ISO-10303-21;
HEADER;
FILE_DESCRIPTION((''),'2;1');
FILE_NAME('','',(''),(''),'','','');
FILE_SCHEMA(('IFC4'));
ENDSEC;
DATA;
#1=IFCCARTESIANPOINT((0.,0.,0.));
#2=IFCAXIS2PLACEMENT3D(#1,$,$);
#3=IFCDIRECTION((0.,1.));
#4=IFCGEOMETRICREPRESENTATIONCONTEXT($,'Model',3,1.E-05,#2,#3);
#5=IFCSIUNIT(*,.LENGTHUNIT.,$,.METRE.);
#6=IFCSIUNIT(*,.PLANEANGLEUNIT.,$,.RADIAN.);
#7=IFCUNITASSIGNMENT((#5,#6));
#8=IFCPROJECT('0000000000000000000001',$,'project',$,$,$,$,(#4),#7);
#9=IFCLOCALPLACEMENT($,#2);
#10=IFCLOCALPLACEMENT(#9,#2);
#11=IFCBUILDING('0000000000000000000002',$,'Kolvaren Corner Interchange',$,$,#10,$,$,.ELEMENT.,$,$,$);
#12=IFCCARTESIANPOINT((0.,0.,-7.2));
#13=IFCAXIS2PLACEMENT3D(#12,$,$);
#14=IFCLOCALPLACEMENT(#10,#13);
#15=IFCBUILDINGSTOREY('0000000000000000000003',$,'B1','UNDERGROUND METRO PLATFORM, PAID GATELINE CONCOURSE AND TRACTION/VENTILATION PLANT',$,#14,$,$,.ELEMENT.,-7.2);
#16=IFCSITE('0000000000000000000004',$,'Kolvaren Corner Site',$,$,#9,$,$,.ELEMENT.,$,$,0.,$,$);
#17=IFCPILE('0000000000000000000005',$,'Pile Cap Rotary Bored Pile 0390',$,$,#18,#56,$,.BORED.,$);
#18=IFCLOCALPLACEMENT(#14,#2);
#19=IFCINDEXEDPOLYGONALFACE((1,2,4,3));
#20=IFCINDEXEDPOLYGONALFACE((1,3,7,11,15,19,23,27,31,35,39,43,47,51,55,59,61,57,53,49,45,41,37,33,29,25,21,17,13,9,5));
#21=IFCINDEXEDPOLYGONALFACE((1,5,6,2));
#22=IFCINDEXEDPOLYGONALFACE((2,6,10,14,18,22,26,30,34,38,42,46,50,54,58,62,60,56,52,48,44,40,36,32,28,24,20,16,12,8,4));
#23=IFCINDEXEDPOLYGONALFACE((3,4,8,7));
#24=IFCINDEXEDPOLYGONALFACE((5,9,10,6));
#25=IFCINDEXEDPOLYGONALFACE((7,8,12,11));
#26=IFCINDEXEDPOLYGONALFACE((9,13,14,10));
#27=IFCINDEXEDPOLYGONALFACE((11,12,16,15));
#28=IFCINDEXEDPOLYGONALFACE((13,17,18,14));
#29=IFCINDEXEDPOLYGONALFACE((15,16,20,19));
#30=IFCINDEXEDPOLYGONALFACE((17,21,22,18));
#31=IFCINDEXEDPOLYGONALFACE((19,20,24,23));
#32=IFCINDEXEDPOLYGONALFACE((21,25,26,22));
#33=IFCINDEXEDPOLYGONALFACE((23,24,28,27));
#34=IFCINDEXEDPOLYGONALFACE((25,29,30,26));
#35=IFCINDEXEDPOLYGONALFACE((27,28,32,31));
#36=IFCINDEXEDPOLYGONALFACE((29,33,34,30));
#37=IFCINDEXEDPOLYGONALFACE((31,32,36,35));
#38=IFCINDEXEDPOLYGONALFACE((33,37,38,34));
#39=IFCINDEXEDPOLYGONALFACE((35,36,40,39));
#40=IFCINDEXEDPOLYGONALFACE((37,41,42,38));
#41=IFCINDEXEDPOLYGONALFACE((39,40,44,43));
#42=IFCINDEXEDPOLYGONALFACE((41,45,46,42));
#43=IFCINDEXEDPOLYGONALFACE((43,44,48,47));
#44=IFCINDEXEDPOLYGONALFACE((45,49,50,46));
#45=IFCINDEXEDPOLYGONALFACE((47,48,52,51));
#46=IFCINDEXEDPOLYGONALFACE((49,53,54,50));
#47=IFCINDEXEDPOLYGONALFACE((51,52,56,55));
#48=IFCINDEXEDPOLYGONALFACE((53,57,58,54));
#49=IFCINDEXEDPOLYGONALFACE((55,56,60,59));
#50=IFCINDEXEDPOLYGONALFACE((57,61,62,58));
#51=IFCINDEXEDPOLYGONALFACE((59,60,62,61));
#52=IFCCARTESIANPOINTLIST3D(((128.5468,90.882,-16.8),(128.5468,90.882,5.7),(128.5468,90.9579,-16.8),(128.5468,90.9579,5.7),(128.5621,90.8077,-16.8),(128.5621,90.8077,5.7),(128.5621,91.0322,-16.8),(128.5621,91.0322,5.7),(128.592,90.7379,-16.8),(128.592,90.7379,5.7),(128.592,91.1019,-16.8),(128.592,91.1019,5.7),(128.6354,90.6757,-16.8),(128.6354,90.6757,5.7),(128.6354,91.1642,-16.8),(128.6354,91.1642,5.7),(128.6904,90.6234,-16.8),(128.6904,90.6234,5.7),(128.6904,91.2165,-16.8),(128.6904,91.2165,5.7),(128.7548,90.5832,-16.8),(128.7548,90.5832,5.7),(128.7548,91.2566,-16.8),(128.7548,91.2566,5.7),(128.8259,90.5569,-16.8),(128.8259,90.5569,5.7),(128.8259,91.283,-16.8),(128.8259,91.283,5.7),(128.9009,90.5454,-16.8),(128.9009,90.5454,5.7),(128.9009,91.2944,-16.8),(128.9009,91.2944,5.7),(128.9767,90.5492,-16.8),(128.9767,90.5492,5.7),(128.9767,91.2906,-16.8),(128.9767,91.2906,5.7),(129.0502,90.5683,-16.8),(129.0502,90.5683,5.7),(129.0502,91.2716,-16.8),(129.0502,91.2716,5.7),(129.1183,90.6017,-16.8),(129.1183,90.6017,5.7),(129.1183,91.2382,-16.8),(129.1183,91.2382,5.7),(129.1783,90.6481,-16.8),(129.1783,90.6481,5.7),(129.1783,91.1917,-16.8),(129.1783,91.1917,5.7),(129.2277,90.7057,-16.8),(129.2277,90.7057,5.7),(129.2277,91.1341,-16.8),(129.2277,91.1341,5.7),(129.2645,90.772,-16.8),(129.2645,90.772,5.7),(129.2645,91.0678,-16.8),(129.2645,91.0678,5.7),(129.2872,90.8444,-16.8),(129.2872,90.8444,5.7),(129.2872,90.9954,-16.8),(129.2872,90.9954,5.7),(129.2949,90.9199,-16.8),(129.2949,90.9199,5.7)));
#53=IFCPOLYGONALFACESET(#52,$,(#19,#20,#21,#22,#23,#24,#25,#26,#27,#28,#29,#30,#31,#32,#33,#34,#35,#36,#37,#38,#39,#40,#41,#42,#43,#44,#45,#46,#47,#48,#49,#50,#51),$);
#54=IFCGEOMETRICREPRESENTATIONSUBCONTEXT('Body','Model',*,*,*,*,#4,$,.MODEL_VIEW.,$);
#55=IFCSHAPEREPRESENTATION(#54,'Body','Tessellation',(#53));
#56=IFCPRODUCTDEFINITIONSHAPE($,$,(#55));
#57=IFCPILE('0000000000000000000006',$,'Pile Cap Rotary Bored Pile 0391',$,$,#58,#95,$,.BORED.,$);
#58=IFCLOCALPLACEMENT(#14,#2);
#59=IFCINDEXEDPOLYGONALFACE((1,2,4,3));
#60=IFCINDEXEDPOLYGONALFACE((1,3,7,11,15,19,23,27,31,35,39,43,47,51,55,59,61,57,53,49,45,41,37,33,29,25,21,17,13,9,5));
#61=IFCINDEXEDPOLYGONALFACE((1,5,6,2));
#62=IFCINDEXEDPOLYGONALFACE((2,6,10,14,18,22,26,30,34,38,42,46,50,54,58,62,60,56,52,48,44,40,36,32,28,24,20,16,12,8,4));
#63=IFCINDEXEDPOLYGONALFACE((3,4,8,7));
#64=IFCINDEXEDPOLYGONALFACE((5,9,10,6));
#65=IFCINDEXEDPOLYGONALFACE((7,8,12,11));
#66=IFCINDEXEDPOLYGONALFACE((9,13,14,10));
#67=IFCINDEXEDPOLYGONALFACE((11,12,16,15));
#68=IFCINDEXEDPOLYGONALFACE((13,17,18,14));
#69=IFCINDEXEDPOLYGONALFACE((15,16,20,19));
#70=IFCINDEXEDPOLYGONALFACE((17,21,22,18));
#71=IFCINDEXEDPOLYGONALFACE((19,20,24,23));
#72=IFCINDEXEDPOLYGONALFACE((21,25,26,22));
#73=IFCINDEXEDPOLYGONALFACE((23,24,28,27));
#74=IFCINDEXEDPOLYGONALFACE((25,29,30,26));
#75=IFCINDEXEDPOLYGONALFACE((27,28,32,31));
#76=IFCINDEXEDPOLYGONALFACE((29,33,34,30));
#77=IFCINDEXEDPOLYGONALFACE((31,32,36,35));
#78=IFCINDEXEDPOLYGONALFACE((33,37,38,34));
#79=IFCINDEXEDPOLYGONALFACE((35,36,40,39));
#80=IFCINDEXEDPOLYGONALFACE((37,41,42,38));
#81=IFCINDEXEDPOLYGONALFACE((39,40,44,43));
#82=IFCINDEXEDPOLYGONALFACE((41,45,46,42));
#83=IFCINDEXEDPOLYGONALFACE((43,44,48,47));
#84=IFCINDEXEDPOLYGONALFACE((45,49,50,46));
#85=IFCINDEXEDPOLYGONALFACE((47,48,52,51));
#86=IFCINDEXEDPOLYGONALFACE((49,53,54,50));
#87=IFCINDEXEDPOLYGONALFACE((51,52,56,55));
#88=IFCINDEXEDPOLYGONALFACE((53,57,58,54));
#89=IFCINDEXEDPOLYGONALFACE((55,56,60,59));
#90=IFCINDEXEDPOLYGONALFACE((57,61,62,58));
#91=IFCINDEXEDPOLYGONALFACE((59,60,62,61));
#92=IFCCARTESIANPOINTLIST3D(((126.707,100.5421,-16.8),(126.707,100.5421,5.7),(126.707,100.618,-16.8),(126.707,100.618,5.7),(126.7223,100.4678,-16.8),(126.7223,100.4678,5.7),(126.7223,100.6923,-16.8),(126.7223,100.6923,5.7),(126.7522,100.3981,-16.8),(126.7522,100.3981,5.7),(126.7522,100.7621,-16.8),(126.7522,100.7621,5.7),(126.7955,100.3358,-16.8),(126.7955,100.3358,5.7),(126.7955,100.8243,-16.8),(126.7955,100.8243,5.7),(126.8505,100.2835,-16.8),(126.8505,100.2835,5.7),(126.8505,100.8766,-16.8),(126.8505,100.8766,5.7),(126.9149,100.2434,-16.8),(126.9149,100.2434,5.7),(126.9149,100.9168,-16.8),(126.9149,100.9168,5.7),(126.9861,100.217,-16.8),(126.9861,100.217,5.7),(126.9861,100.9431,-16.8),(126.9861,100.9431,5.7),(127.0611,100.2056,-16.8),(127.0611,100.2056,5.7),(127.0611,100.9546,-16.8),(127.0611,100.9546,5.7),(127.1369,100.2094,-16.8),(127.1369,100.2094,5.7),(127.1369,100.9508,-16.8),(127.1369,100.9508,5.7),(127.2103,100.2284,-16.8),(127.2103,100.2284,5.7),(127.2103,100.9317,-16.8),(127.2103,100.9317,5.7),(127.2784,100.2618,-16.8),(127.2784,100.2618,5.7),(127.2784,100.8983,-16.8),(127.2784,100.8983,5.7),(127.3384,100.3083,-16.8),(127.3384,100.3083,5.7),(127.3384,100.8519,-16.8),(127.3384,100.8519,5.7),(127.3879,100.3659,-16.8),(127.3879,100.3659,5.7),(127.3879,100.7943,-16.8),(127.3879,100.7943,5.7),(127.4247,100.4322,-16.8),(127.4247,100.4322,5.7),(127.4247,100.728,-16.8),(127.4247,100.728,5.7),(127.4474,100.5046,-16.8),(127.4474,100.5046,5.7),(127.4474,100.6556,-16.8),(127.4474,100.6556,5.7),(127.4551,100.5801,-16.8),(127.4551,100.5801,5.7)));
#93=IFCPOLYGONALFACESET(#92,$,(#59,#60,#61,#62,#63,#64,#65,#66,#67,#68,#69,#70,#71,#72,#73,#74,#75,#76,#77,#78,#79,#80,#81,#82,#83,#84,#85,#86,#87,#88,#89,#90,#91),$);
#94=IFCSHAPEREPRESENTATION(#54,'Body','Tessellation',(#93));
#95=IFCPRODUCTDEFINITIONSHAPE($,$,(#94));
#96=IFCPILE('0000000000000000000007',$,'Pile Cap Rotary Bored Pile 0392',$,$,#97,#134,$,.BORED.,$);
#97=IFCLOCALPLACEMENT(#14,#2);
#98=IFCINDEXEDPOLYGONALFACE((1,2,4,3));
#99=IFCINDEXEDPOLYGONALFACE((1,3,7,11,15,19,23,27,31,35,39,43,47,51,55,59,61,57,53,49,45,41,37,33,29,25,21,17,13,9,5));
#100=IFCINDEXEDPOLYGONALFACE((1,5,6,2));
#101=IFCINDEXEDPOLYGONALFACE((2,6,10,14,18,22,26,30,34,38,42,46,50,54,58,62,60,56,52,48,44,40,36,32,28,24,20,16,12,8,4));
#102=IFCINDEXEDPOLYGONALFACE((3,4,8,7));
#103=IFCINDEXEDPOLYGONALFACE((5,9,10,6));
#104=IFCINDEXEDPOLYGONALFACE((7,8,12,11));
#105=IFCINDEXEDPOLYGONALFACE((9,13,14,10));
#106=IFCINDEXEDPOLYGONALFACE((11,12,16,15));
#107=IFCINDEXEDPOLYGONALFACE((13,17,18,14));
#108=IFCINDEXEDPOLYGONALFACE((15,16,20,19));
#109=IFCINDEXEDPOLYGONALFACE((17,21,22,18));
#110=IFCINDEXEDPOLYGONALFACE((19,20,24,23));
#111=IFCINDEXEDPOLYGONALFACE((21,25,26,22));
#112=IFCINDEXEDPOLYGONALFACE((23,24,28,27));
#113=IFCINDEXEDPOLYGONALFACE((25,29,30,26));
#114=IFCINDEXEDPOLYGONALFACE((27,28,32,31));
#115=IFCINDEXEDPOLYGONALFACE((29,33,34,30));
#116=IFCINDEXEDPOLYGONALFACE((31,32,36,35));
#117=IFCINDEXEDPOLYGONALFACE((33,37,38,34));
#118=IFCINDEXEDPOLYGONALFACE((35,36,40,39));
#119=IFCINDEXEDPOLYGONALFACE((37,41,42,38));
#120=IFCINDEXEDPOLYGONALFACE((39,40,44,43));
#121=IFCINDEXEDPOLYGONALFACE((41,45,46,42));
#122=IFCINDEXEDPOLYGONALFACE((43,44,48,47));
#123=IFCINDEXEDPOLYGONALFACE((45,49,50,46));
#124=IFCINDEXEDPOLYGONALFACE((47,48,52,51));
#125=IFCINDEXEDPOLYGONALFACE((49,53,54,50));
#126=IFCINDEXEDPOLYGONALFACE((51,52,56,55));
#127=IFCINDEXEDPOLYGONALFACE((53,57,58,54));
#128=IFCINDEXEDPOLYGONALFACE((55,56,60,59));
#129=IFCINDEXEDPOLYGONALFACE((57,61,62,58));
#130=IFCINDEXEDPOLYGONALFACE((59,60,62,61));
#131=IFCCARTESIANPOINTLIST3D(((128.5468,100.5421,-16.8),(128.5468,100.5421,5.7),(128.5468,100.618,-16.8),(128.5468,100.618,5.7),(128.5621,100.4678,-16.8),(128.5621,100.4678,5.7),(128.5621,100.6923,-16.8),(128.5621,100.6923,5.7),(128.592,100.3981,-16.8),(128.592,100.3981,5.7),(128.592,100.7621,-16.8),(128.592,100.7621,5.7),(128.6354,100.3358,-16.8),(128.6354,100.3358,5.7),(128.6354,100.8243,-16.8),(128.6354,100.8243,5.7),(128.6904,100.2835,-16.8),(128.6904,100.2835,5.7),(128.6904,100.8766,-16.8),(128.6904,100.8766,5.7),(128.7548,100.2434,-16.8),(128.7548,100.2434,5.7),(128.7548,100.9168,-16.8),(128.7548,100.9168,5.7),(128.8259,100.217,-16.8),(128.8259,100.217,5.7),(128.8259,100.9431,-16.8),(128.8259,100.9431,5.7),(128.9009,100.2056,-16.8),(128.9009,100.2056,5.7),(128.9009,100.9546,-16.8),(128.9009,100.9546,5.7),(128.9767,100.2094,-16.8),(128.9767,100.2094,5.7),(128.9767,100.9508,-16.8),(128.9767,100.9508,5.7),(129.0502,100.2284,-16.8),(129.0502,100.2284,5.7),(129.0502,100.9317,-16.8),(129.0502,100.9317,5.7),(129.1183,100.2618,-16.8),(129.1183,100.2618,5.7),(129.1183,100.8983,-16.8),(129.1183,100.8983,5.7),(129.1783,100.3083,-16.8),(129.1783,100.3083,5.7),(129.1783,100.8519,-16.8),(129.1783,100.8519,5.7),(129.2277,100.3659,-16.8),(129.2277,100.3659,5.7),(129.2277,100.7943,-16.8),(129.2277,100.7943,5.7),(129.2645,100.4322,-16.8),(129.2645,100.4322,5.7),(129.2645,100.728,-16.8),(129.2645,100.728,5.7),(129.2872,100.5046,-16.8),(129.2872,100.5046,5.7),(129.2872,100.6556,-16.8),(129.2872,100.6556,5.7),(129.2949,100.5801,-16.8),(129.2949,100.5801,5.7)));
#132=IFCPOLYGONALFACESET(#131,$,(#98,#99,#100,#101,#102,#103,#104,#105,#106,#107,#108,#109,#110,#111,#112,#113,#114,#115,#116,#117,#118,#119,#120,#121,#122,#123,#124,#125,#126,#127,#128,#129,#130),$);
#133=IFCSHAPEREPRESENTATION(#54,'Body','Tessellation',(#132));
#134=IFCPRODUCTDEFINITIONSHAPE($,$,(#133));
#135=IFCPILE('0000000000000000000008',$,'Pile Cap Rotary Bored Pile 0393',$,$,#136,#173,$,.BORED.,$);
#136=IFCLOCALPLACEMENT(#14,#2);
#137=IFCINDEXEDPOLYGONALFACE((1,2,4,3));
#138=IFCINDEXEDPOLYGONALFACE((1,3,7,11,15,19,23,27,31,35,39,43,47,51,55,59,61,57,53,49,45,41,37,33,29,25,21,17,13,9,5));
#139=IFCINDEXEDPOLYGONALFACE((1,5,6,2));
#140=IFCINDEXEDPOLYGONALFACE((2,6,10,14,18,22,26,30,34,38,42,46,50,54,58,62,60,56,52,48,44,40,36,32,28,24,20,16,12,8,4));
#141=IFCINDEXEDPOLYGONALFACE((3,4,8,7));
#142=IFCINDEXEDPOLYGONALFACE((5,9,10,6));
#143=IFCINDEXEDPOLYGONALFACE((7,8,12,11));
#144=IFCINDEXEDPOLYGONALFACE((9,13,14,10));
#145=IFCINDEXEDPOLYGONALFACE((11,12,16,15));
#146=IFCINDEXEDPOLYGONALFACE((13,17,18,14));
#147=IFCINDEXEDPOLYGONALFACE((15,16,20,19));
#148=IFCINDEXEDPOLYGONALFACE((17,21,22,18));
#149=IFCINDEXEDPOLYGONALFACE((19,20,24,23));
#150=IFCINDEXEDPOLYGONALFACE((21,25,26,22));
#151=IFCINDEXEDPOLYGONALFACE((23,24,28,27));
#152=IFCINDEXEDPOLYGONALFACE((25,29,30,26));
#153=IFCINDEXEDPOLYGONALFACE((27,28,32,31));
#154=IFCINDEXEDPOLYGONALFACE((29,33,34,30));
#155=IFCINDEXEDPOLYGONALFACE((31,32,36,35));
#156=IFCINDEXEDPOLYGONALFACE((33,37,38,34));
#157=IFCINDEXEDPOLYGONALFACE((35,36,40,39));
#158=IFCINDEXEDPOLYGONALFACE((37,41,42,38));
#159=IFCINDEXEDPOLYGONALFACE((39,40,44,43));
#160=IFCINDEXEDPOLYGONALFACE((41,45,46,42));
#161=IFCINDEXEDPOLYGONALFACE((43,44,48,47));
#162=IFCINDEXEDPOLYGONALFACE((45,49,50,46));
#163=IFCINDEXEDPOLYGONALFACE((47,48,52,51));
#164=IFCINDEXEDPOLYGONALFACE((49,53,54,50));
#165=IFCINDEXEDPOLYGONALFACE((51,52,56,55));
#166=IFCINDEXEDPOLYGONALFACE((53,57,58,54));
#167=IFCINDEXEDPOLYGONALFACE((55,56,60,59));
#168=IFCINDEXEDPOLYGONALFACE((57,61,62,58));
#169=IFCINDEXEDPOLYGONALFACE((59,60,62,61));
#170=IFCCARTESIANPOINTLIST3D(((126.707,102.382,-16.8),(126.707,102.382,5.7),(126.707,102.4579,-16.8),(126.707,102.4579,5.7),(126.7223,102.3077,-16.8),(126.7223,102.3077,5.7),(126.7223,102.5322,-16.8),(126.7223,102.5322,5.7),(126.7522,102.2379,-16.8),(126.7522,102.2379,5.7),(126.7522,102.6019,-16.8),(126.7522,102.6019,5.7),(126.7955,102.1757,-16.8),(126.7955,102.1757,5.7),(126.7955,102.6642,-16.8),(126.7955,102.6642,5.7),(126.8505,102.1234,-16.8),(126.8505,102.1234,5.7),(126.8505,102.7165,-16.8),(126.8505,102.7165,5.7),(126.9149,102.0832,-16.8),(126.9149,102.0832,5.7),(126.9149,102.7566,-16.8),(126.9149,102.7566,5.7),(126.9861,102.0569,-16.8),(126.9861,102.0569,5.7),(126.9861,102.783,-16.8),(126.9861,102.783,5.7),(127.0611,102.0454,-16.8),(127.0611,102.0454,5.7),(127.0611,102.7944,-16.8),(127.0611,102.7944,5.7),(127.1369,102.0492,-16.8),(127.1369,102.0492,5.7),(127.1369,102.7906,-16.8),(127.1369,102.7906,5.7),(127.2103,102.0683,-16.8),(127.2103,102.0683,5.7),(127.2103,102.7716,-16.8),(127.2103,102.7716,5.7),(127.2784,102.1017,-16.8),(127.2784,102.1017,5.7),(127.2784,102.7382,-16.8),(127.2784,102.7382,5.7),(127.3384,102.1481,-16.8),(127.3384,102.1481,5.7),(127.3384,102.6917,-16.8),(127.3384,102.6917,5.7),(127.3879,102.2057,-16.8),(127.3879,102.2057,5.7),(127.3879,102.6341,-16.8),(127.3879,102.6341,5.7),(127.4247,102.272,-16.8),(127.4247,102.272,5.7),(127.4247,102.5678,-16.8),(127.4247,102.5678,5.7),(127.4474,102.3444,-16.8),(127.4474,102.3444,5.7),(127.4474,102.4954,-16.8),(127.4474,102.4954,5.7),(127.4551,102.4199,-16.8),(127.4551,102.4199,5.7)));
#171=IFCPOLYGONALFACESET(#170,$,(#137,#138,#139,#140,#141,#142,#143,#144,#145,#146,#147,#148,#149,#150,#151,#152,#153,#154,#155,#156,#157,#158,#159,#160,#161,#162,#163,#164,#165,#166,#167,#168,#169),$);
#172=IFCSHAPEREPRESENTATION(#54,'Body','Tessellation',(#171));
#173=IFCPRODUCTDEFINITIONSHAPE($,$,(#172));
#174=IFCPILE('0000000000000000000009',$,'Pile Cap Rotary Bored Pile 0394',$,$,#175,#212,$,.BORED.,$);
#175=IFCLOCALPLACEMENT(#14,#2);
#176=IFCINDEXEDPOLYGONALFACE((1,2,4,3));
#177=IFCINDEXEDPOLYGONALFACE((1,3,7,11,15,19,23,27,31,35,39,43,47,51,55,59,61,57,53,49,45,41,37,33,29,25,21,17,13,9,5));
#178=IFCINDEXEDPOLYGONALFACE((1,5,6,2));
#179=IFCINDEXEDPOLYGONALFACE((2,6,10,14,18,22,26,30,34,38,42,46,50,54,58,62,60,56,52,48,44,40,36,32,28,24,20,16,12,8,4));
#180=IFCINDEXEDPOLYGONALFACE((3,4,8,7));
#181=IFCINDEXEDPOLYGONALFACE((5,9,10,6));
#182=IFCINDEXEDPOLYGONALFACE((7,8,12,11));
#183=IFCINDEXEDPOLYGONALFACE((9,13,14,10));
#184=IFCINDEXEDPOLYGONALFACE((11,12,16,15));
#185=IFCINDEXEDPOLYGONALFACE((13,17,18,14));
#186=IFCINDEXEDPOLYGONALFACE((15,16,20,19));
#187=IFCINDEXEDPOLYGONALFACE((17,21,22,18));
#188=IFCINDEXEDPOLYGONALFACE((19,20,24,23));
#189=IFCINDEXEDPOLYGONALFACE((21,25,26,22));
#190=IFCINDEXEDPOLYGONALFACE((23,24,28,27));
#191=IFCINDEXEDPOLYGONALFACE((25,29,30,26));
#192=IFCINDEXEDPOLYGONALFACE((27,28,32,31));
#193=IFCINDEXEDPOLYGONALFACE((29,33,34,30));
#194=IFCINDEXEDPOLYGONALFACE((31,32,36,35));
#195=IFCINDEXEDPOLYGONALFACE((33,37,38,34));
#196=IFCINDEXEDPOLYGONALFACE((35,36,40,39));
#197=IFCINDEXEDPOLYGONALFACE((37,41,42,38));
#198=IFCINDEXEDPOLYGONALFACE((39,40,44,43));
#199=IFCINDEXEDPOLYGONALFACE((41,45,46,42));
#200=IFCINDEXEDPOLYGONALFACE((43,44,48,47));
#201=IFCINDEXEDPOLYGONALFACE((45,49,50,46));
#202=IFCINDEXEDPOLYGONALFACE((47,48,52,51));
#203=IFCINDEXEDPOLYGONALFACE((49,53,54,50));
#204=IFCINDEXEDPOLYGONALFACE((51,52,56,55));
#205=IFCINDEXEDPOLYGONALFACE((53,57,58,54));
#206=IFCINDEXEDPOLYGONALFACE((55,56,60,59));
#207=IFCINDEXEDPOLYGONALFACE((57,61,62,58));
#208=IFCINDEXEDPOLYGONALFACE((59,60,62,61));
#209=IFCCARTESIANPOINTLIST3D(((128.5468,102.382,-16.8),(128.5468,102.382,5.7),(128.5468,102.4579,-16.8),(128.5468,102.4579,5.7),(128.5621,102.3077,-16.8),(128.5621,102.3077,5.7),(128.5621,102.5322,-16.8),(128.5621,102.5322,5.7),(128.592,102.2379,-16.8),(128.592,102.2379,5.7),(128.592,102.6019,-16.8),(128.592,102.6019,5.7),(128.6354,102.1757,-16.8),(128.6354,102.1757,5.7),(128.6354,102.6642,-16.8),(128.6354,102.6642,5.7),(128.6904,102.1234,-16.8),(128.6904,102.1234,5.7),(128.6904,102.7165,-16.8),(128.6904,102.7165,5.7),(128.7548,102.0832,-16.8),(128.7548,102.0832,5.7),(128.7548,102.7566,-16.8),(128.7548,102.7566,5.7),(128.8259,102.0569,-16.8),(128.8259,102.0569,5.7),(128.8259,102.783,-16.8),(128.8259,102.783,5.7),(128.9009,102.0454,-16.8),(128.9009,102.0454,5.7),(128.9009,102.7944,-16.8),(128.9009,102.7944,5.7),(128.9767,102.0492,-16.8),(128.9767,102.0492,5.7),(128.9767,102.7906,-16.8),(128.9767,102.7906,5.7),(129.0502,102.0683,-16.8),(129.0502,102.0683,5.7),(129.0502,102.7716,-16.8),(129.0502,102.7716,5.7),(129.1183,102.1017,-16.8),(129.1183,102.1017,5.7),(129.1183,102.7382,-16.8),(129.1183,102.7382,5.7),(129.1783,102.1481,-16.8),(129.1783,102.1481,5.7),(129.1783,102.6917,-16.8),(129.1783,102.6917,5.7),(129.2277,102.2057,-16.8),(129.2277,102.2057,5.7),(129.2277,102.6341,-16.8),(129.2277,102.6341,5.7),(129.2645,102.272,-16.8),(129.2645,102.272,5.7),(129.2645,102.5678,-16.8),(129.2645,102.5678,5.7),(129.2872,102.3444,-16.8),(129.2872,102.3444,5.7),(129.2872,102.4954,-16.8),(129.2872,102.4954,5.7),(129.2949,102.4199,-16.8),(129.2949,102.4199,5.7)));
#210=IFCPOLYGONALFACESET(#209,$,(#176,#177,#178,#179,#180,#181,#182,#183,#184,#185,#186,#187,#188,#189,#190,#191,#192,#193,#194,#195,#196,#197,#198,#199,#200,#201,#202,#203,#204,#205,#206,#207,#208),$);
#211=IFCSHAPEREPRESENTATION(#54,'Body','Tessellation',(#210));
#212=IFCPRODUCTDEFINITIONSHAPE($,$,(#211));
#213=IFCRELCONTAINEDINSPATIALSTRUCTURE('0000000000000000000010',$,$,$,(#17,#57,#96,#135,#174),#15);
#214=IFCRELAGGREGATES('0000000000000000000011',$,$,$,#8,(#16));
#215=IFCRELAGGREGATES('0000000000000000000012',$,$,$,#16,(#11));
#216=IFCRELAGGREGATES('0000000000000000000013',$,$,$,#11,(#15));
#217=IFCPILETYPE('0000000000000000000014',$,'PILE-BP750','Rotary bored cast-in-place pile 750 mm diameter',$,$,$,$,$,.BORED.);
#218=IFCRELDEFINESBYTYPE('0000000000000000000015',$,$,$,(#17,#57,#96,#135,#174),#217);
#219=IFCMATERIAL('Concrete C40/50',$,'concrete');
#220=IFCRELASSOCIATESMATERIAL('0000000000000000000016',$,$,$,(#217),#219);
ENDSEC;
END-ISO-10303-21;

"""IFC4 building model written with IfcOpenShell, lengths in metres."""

from ifc_helpers import new_model, si_unit, direction, frame, origin, origin_2d, place, context, subcontext, project, spatial, circle, extrude, material, material_profile, profile_set, type_object, element, save


model = new_model("IFC4")

# Units and contexts
model_context = context("Model", 3, precision=1e-05, world=origin(), true_north=direction((0.0, 1.0)))
body_context = subcontext(model_context, "Body", "Model", "MODEL_VIEW")
ifc_project = project(units=[si_unit("LENGTHUNIT", "METRE"), si_unit("PLANEANGLEUNIT", "RADIAN")], contexts=[model_context])

# Site, building, storey
site_placement = place(None, origin())
site = spatial("IfcSite", under=ifc_project, at=site_placement, Name="Kolvaren Corner Site", CompositionType="ELEMENT", RefElevation=0.0)
building_placement = place(site_placement, origin())
building = spatial("IfcBuilding", under=site, at=building_placement, Name="Kolvaren Corner Interchange", CompositionType="ELEMENT")
storey_placement = place(building_placement, frame((0.0, 0.0, -7.2)))
storey = spatial("IfcBuildingStorey", under=building, at=storey_placement, Name="B1", Description="UNDERGROUND METRO PLATFORM, PAID GATELINE CONCOURSE AND TRACTION/VENTILATION PLANT", CompositionType="ELEMENT", Elevation=-7.2)

# Piles
ifc_material_1 = material(Name="Concrete C40/50", Category="concrete")
ifc_material_profile = material_profile(ifc_material_1, circle(Radius=0.375, at=origin_2d()), Name="BORED PILE 750")
ifc_profile_set = profile_set([ifc_material_profile], Name="Concrete C40/50")
pile_type = type_object("IfcPileType", Name="PILE-BP750", Description="Rotary bored cast-in-place pile 750 mm diameter", PredefinedType="BORED", material=ifc_profile_set)
for number, where, z_axis, x_axis, name in (
    (1, (128.9199, 90.9199, 5.7), (0.0, 0.0, -1.0), (1.0, 0.0, 0.0), "Pile Cap Rotary Bored Pile 0390"),
    (2, (127.0801, 100.5801, 5.7), (0.0, 0.0, -1.0), (1.0, 0.0, 0.0), "Pile Cap Rotary Bored Pile 0391"),
    (3, (128.9199, 100.5801, 5.7), (0.0, 0.0, -1.0), (1.0, 0.0, 0.0), "Pile Cap Rotary Bored Pile 0392"),
    (4, (127.0801, 102.4199, 5.7), (0.0, 0.0, -1.0), (1.0, 0.0, 0.0), "Pile Cap Rotary Bored Pile 0393"),
    (5, (128.9199, 102.4199, 5.7), (0.0, 0.0, -1.0), (1.0, 0.0, 0.0), "Pile Cap Rotary Bored Pile 0394"),
):
    element("IfcPile", number, at=place(storey_placement, frame(where, z_axis=z_axis, x_axis=x_axis)), inside=storey, type_object=pile_type, Name=name, PredefinedType="BORED", context=body_context, shape_type="SweptSolid", body=[
        extrude(circle(Radius=0.375, at=origin_2d()), origin(), (0.0, 0.0, 1.0), 22.5),
    ])

save(model, "model.ifc")
